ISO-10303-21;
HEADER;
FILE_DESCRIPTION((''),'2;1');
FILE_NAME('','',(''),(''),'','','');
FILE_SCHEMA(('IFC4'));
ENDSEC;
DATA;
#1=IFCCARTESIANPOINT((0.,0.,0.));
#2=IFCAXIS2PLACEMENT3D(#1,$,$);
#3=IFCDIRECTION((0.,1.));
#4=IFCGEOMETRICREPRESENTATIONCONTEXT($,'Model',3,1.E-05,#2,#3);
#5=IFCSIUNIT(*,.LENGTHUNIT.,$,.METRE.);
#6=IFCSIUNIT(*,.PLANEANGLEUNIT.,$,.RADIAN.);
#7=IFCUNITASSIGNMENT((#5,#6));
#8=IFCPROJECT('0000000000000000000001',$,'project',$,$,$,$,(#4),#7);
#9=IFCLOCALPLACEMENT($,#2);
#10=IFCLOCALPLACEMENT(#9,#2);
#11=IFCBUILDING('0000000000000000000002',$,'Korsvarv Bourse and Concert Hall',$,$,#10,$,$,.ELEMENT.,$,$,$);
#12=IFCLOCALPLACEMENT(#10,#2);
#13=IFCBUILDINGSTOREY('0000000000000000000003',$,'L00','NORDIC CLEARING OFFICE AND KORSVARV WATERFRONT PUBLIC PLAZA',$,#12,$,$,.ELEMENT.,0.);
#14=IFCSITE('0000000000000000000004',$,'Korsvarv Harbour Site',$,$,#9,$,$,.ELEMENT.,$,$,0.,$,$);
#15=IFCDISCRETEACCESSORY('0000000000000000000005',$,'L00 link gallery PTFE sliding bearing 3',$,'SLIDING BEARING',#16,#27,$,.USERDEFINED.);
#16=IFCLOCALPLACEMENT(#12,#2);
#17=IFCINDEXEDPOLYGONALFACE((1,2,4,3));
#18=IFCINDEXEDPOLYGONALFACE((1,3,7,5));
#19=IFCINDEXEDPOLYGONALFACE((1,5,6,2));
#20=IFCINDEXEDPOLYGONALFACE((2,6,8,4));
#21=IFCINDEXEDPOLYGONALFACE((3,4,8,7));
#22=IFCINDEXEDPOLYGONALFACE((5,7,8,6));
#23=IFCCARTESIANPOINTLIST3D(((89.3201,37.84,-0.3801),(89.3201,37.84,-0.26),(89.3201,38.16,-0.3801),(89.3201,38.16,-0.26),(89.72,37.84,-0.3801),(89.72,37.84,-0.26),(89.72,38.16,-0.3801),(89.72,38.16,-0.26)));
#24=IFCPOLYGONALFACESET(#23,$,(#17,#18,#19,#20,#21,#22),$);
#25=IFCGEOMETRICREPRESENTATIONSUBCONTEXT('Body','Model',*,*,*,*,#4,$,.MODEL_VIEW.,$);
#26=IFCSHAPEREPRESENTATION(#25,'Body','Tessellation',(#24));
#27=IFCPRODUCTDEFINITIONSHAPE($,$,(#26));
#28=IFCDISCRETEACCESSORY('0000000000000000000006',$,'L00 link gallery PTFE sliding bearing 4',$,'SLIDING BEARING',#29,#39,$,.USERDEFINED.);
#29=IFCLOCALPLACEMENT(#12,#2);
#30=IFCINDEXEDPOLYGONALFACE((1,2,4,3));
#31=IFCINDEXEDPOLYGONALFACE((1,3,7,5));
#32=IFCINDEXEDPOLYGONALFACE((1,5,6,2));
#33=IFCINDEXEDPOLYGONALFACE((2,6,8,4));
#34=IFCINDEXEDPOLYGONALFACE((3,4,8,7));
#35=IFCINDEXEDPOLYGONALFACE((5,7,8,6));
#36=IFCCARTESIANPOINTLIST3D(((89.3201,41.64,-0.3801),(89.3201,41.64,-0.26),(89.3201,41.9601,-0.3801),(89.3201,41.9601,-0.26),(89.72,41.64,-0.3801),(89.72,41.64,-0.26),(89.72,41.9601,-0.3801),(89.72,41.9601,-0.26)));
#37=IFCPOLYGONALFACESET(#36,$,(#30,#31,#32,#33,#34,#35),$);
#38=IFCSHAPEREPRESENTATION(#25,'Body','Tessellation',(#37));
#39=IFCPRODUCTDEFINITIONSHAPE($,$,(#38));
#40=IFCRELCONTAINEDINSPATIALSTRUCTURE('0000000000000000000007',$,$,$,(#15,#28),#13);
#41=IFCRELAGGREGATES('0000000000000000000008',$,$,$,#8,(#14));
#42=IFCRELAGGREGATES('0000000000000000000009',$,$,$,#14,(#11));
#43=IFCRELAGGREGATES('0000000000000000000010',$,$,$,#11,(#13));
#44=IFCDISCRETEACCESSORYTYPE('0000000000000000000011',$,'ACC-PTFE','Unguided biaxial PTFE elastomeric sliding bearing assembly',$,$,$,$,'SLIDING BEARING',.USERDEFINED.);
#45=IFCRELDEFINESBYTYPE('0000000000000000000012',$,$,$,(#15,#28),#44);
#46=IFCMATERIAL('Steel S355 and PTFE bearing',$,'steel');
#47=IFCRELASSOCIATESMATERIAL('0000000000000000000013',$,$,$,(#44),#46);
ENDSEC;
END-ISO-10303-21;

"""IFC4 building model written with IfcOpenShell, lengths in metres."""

from ifc_helpers import new_model, si_unit, direction, frame, origin, origin_2d, place, context, subcontext, project, spatial, rectangle, extrude, source, transform, mapped, material, type_object, element, save


model = new_model("IFC4")

# Units and contexts
model_context = context("Model", 3, precision=1e-05, world=origin(), true_north=direction((0.0, 1.0)))
body_context = subcontext(model_context, "Body", "Model", "MODEL_VIEW")
ifc_project = project(units=[si_unit("LENGTHUNIT", "METRE"), si_unit("PLANEANGLEUNIT", "RADIAN")], contexts=[model_context])

# Site, building, storey
site_placement = place(None, origin())
site = spatial("IfcSite", under=ifc_project, at=site_placement, Name="Korsvarv Harbour Site", CompositionType="ELEMENT", RefElevation=0.0)
building_placement = place(site_placement, origin())
building = spatial("IfcBuilding", under=site, at=building_placement, Name="Korsvarv Bourse and Concert Hall", CompositionType="ELEMENT")
storey_placement = place(building_placement, origin())
storey = spatial("IfcBuildingStorey", under=building, at=storey_placement, Name="L00", Description="NORDIC CLEARING OFFICE AND KORSVARV WATERFRONT PUBLIC PLAZA", CompositionType="ELEMENT", Elevation=0.0)

# Discrete accessories
ifc_material_1 = material(Name="Steel S355 and PTFE bearing", Category="steel")
discrete_accessory_type = type_object("IfcDiscreteAccessoryType", Name="ACC-PTFE", Description="Unguided biaxial PTFE elastomeric sliding bearing assembly", ElementType="SLIDING BEARING", PredefinedType="USERDEFINED", material=ifc_material_1)
shared_shape_1 = source(origin(), body_context, "Body", "SweptSolid", [
    extrude(rectangle(XDim=0.3999, YDim=0.3201, at=origin_2d()), origin(), (0.0, 0.0, 1.0), 0.1201),
])
for number, where, z_axis, x_axis, name in (
    (1, (89.52, 38.0, -0.3801), (0.0, 0.0, 1.0), (1.0, 0.0, 0.0), "L00 link gallery PTFE sliding bearing 3"),
    (2, (89.52, 41.8, -0.3801), (0.0, 0.0, 1.0), (1.0, 0.0, 0.0), "L00 link gallery PTFE sliding bearing 4"),
):
    element("IfcDiscreteAccessory", number, at=place(storey_placement, frame(where, z_axis=z_axis, x_axis=x_axis)), inside=storey, type_object=discrete_accessory_type, Name=name, ObjectType="SLIDING BEARING", PredefinedType="USERDEFINED", context=body_context, shape_type="MappedRepresentation", body=[
        mapped(shared_shape_1, transform((0.0, 0.0, 0.0), scale=1.0)),
    ])

save(model, "model.ifc")
